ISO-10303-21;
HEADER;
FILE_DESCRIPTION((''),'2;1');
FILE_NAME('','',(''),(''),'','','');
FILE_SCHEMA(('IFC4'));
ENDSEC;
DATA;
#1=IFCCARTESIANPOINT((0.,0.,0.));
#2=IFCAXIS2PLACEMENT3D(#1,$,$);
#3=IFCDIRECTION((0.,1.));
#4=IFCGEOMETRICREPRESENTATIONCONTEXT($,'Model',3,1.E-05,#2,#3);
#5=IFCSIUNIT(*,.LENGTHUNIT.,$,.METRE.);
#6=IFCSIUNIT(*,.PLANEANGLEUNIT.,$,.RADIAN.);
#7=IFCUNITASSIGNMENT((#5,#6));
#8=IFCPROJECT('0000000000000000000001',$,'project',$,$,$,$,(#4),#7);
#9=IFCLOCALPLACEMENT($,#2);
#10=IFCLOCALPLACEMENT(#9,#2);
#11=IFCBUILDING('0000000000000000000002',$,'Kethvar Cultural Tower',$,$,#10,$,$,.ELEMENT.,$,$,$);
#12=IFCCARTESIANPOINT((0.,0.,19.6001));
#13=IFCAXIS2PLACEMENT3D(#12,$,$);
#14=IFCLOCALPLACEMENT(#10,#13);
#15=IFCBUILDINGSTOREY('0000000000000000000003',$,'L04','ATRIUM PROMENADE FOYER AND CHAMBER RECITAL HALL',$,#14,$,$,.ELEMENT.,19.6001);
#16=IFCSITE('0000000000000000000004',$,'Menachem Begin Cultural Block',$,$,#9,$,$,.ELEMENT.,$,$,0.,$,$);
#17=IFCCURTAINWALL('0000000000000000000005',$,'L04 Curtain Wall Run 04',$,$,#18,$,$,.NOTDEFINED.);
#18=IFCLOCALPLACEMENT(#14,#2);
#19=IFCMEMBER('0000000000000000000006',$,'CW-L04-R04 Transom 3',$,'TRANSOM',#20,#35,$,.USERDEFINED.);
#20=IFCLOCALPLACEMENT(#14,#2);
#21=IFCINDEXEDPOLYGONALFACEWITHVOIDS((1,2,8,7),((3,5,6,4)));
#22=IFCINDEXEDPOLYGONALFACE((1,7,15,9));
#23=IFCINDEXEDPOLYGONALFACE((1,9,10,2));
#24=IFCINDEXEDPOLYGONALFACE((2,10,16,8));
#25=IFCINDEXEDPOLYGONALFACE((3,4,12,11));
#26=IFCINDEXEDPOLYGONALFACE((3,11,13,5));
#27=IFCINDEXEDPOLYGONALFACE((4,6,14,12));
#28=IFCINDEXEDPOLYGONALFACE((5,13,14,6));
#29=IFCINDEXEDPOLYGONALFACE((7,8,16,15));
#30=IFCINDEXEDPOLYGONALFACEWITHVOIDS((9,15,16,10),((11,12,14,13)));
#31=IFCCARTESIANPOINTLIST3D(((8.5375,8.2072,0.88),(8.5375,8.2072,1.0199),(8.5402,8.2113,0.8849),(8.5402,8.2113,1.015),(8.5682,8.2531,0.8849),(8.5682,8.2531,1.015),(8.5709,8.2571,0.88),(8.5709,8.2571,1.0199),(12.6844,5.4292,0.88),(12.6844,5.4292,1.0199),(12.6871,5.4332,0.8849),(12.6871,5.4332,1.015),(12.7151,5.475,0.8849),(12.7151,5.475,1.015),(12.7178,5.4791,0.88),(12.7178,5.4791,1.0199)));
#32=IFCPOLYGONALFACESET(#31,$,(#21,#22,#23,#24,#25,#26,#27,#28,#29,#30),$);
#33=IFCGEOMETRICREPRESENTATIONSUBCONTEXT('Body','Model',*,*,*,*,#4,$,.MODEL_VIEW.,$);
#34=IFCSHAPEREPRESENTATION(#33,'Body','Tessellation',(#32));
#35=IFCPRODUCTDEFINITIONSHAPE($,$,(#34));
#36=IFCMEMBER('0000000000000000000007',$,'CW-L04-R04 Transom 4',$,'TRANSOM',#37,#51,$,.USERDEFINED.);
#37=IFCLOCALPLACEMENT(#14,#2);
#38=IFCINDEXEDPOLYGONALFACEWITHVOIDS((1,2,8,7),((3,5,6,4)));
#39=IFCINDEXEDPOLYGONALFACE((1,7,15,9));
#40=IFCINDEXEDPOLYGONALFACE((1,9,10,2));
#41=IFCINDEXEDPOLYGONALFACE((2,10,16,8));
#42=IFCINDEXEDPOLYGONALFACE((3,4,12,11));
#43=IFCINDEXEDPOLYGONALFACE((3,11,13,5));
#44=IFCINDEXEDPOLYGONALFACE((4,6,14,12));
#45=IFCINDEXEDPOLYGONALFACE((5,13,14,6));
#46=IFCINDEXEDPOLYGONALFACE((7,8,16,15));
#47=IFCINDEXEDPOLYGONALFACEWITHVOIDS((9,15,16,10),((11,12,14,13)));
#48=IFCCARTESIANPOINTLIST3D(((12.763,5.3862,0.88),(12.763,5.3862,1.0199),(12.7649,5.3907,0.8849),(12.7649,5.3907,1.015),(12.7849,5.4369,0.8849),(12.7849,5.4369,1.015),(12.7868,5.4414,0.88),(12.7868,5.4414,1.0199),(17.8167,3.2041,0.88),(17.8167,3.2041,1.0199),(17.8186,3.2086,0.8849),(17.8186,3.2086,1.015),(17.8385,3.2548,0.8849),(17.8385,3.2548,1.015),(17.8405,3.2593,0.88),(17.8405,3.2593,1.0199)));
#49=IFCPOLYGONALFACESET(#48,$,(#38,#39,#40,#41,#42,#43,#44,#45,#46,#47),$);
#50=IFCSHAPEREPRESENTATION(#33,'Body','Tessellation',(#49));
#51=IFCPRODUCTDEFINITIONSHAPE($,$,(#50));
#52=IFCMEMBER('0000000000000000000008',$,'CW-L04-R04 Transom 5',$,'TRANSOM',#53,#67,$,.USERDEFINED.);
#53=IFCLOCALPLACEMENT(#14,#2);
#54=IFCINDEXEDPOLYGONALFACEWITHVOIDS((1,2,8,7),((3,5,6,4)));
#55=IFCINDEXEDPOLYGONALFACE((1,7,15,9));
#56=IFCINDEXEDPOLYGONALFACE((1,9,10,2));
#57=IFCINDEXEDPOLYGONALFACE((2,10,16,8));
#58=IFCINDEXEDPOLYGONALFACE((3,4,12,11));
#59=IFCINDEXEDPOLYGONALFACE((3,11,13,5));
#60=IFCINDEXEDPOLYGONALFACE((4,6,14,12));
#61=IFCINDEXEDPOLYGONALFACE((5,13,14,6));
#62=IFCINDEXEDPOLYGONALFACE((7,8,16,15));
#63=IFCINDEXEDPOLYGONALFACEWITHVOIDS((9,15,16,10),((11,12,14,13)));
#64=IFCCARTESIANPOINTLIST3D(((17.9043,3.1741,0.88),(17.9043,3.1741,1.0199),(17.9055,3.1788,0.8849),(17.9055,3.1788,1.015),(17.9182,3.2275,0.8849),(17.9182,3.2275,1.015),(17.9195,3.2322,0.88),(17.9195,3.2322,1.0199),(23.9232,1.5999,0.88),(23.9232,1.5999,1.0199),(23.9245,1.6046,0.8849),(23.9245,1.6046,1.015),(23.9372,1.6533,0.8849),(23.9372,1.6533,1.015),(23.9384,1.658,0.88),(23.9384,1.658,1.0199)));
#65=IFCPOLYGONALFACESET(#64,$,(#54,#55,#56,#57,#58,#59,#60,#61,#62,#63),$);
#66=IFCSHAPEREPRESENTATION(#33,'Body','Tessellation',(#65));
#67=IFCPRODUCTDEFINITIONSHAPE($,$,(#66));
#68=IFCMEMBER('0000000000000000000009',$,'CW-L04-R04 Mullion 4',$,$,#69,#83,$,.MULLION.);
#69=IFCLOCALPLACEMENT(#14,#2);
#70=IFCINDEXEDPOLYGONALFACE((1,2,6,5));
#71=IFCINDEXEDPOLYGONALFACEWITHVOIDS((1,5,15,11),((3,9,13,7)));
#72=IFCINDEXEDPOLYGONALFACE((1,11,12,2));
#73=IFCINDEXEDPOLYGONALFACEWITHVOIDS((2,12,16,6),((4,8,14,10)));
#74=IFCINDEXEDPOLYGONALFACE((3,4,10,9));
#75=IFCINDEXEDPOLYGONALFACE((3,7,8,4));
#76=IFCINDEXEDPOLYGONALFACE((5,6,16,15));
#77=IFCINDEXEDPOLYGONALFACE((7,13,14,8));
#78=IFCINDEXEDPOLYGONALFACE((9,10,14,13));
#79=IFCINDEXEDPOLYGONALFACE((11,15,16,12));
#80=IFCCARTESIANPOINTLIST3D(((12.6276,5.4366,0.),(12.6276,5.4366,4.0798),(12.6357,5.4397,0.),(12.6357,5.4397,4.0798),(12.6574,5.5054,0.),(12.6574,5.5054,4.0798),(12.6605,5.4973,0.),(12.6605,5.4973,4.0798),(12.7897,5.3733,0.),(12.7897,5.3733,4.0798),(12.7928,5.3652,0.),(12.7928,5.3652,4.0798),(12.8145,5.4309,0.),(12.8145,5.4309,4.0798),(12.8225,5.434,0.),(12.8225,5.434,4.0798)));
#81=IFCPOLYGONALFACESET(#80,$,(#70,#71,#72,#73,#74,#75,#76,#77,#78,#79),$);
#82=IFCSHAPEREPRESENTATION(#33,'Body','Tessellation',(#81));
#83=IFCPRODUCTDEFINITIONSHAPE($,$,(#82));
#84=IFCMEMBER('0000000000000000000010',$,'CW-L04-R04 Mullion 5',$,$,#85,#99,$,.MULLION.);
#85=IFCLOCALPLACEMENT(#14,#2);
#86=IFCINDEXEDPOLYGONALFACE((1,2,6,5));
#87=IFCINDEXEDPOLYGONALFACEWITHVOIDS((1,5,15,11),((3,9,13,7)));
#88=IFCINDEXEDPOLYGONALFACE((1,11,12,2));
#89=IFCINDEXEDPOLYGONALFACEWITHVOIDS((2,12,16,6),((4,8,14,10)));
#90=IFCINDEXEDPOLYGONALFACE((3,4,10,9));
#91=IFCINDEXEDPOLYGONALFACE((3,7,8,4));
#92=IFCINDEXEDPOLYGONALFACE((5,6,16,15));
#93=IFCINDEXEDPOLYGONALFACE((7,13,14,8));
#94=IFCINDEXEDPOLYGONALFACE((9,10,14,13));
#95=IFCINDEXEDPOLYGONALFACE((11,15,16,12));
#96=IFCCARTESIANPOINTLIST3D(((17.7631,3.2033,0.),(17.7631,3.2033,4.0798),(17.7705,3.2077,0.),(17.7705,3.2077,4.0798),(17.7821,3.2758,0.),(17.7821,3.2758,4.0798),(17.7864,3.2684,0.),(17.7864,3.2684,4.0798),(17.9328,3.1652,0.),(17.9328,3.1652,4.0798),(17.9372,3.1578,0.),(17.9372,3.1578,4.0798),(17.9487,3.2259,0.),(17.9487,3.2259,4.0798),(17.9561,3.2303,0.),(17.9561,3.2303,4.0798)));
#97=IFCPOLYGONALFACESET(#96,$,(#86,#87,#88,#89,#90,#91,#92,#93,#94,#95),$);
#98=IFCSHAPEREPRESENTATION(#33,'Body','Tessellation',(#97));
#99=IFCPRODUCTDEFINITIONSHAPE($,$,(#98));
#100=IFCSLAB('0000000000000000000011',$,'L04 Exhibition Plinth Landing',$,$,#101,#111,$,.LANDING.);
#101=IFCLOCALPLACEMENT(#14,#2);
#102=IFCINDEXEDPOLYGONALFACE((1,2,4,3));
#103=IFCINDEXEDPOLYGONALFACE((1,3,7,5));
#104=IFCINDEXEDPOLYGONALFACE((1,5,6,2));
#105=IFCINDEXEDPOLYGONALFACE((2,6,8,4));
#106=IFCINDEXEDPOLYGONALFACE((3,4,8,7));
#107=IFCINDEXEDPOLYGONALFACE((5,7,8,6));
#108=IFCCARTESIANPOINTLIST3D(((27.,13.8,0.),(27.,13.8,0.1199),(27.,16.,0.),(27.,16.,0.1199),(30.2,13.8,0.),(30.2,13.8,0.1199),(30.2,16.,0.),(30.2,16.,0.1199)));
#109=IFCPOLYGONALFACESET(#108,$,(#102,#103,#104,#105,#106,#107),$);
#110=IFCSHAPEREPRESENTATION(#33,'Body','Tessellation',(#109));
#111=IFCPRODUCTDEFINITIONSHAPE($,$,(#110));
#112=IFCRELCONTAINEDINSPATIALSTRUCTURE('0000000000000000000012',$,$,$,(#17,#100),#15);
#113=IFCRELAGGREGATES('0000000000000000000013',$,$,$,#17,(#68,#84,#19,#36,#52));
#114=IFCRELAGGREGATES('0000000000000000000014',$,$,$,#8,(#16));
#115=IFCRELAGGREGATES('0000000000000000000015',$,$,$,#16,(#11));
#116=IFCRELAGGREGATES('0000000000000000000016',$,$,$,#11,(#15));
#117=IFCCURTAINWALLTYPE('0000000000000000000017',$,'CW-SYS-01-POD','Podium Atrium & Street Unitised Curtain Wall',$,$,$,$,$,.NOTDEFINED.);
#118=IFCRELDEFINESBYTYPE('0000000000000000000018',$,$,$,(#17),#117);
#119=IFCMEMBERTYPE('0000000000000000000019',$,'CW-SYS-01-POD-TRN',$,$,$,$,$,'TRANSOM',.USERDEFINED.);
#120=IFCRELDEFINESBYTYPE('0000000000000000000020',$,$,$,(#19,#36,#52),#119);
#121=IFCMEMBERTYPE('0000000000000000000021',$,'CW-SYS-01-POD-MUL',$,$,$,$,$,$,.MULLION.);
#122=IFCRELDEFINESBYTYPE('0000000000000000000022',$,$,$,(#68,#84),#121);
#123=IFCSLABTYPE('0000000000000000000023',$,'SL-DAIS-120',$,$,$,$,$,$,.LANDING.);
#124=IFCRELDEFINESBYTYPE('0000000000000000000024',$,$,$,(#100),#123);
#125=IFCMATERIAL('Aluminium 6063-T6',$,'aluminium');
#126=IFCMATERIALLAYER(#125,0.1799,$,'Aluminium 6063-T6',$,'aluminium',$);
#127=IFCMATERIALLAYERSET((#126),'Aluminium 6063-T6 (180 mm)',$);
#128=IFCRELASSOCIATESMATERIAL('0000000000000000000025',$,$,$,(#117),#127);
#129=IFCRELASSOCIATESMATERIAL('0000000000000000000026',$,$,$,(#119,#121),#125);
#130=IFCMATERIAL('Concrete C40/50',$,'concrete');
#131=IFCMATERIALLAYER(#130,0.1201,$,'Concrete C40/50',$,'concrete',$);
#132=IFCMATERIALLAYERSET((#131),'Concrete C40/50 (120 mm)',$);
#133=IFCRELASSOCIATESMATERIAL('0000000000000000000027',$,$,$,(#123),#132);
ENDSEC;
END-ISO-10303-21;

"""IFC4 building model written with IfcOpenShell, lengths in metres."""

from ifc_helpers import new_model, si_unit, direction, frame, origin, origin_2d, place, context, subcontext, project, spatial, polyline, hollow_rectangle, outline, extrude, source, transform, mapped, material, layer, layer_set, material_profile, profile_set, type_object, element, aggregate, save


model = new_model("IFC4")

# Units and contexts
model_context = context("Model", 3, precision=1e-05, world=origin(), true_north=direction((0.0, 1.0)))
body_context = subcontext(model_context, "Body", "Model", "MODEL_VIEW")
ifc_project = project(units=[si_unit("LENGTHUNIT", "METRE"), si_unit("PLANEANGLEUNIT", "RADIAN")], contexts=[model_context])

# Site, building, storey
site_placement = place(None, origin())
site = spatial("IfcSite", under=ifc_project, at=site_placement, Name="Menachem Begin Cultural Block", CompositionType="ELEMENT", RefElevation=0.0)
building_placement = place(site_placement, origin())
building = spatial("IfcBuilding", under=site, at=building_placement, Name="Kethvar Cultural Tower", CompositionType="ELEMENT")
storey_placement = place(building_placement, frame((0.0, 0.0, 19.6001)))
storey = spatial("IfcBuildingStorey", under=building, at=storey_placement, Name="L04", Description="ATRIUM PROMENADE FOYER AND CHAMBER RECITAL HALL", CompositionType="ELEMENT", Elevation=19.6001)

# Curtain wall, members
ifc_material_1 = material(Name="Aluminium 6063-T6", Category="aluminium")
ifc_layer_1 = layer(ifc_material_1, 0.1799, Name="Aluminium 6063-T6", Category="aluminium")
ifc_layer_set_1 = layer_set([ifc_layer_1], Name="Aluminium 6063-T6 (180 mm)")
curtain_wall_type = type_object("IfcCurtainWallType", Name="CW-SYS-01-POD", Description="Podium Atrium & Street Unitised Curtain Wall", PredefinedType="NOTDEFINED", material=ifc_layer_set_1)
curtain_wall_placement = place(storey_placement, origin())
curtain_wall = element("IfcCurtainWall", 1, at=curtain_wall_placement, inside=storey, type_object=curtain_wall_type, Name="L04 Curtain Wall Run 04", PredefinedType="NOTDEFINED")
ifc_material_profile_1 = material_profile(ifc_material_1, hollow_rectangle(XDim=0.0601, YDim=0.1399, WallThickness=0.0049, at=origin_2d()), Name="Aluminium 6063-T6 — RHS140x60x5")
ifc_profile_set_1 = profile_set([ifc_material_profile_1], Name="Aluminium 6063-T6 — RHS140x60x5")
member_type_1 = type_object("IfcMemberType", Name="CW-SYS-01-POD-TRN", ElementType="TRANSOM", PredefinedType="USERDEFINED", material=ifc_profile_set_1)
shared_shape_1 = source(origin(), body_context, "Body", "SweptSolid", [
    extrude(hollow_rectangle(XDim=0.0601, YDim=0.1399, WallThickness=0.0049, at=origin_2d()), origin(), (0.0, 0.0, 1.0), 4.9915),
])
member_1_placement = place(storey_placement, frame((8.5542, 8.2322, 0.95), z_axis=(0.830807, -0.556561, 0.0), x_axis=(0.556561, 0.830807, 0.0)))
member_1 = element("IfcMember", 2, at=member_1_placement, type_object=member_type_1, Name="CW-L04-R04 Transom 3", ObjectType="TRANSOM", PredefinedType="USERDEFINED", context=body_context, shape_type="MappedRepresentation", body=[
    mapped(shared_shape_1, transform((0.0, 0.0, 0.0), scale=1.0)),
])
shared_shape_2 = source(origin(), body_context, "Body", "SweptSolid", [
    extrude(hollow_rectangle(XDim=0.0601, YDim=0.1399, WallThickness=0.0049, at=origin_2d()), origin(), (0.0, 0.0, 1.0), 5.5046),
])
member_2_placement = place(storey_placement, frame((12.7749, 5.4138, 0.95), z_axis=(0.918073, -0.396412, 0.0), x_axis=(0.396412, 0.918073, 0.0)))
member_2 = element("IfcMember", 3, at=member_2_placement, type_object=member_type_1, Name="CW-L04-R04 Transom 4", ObjectType="TRANSOM", PredefinedType="USERDEFINED", context=body_context, shape_type="MappedRepresentation", body=[
    mapped(shared_shape_2, transform((0.0, 0.0, 0.0), scale=1.0)),
])
shared_shape_3 = source(origin(), body_context, "Body", "SweptSolid", [
    extrude(hollow_rectangle(XDim=0.0601, YDim=0.1399, WallThickness=0.0049, at=origin_2d()), origin(), (0.0, 0.0, 1.0), 6.2214),
])
member_3_placement = place(storey_placement, frame((17.9119, 3.2031, 0.95), z_axis=(0.967459, -0.253029, 0.0), x_axis=(0.253029, 0.967459, 0.0)))
member_3 = element("IfcMember", 4, at=member_3_placement, type_object=member_type_1, Name="CW-L04-R04 Transom 5", ObjectType="TRANSOM", PredefinedType="USERDEFINED", context=body_context, shape_type="MappedRepresentation", body=[
    mapped(shared_shape_3, transform((0.0, 0.0, 0.0), scale=1.0)),
])
ifc_material_profile_2 = material_profile(ifc_material_1, hollow_rectangle(XDim=0.075, YDim=0.1799, WallThickness=0.0061, at=origin_2d()), Name="Aluminium 6063-T6 — RHS180x75x6")
ifc_profile_set_2 = profile_set([ifc_material_profile_2], Name="Aluminium 6063-T6 — RHS180x75x6")
member_type_2 = type_object("IfcMemberType", Name="CW-SYS-01-POD-MUL", PredefinedType="MULLION", material=ifc_profile_set_2)
shared_shape_4 = source(origin(), body_context, "Body", "SweptSolid", [
    extrude(hollow_rectangle(XDim=0.075, YDim=0.1799, WallThickness=0.0061, at=origin_2d()), origin(), (0.0, 0.0, 1.0), 4.0798),
])
member_4_placement = place(storey_placement, frame((12.7251, 5.4353, 0.0), z_axis=(0.0, 0.0, 1.0), x_axis=(0.396411, 0.918073, 0.0)))
member_4 = element("IfcMember", 5, at=member_4_placement, type_object=member_type_2, Name="CW-L04-R04 Mullion 4", PredefinedType="MULLION", context=body_context, shape_type="MappedRepresentation", body=[
    mapped(shared_shape_4, transform((0.0, 0.0, 0.0), scale=1.0)),
])
member_5_placement = place(storey_placement, frame((17.8596, 3.2168, 0.0), z_axis=(0.0, 0.0, 1.0), x_axis=(0.253032, 0.967458, 0.0)))
member_5 = element("IfcMember", 6, at=member_5_placement, type_object=member_type_2, Name="CW-L04-R04 Mullion 5", PredefinedType="MULLION", context=body_context, shape_type="MappedRepresentation", body=[
    mapped(shared_shape_4, transform((0.0, 0.0, 0.0), scale=1.0)),
])

# Slab
ifc_material_2 = material(Name="Concrete C40/50", Category="concrete")
ifc_layer_2 = layer(ifc_material_2, 0.1201, Name="Concrete C40/50", Category="concrete")
ifc_layer_set_2 = layer_set([ifc_layer_2], Name="Concrete C40/50 (120 mm)")
slab_type_1 = type_object("IfcSlabType", Name="SL-DAIS-120", PredefinedType="LANDING", material=ifc_layer_set_2)
slab_1_placement = place(storey_placement, origin())
element("IfcSlab", 7, at=slab_1_placement, inside=storey, type_object=slab_type_1, Name="L04 Exhibition Plinth Landing", PredefinedType="LANDING", context=body_context, shape_type="SweptSolid", body=[
    extrude(outline(polyline([(27.0, 13.8), (30.2, 13.8), (30.2, 16.0), (27.0, 16.0), (27.0, 13.8)])), origin(), (0.0, 0.0, 1.0), 0.1199),
])

aggregate(curtain_wall, [member_4, member_5, member_1, member_2, member_3])

save(model, "model.ifc")
